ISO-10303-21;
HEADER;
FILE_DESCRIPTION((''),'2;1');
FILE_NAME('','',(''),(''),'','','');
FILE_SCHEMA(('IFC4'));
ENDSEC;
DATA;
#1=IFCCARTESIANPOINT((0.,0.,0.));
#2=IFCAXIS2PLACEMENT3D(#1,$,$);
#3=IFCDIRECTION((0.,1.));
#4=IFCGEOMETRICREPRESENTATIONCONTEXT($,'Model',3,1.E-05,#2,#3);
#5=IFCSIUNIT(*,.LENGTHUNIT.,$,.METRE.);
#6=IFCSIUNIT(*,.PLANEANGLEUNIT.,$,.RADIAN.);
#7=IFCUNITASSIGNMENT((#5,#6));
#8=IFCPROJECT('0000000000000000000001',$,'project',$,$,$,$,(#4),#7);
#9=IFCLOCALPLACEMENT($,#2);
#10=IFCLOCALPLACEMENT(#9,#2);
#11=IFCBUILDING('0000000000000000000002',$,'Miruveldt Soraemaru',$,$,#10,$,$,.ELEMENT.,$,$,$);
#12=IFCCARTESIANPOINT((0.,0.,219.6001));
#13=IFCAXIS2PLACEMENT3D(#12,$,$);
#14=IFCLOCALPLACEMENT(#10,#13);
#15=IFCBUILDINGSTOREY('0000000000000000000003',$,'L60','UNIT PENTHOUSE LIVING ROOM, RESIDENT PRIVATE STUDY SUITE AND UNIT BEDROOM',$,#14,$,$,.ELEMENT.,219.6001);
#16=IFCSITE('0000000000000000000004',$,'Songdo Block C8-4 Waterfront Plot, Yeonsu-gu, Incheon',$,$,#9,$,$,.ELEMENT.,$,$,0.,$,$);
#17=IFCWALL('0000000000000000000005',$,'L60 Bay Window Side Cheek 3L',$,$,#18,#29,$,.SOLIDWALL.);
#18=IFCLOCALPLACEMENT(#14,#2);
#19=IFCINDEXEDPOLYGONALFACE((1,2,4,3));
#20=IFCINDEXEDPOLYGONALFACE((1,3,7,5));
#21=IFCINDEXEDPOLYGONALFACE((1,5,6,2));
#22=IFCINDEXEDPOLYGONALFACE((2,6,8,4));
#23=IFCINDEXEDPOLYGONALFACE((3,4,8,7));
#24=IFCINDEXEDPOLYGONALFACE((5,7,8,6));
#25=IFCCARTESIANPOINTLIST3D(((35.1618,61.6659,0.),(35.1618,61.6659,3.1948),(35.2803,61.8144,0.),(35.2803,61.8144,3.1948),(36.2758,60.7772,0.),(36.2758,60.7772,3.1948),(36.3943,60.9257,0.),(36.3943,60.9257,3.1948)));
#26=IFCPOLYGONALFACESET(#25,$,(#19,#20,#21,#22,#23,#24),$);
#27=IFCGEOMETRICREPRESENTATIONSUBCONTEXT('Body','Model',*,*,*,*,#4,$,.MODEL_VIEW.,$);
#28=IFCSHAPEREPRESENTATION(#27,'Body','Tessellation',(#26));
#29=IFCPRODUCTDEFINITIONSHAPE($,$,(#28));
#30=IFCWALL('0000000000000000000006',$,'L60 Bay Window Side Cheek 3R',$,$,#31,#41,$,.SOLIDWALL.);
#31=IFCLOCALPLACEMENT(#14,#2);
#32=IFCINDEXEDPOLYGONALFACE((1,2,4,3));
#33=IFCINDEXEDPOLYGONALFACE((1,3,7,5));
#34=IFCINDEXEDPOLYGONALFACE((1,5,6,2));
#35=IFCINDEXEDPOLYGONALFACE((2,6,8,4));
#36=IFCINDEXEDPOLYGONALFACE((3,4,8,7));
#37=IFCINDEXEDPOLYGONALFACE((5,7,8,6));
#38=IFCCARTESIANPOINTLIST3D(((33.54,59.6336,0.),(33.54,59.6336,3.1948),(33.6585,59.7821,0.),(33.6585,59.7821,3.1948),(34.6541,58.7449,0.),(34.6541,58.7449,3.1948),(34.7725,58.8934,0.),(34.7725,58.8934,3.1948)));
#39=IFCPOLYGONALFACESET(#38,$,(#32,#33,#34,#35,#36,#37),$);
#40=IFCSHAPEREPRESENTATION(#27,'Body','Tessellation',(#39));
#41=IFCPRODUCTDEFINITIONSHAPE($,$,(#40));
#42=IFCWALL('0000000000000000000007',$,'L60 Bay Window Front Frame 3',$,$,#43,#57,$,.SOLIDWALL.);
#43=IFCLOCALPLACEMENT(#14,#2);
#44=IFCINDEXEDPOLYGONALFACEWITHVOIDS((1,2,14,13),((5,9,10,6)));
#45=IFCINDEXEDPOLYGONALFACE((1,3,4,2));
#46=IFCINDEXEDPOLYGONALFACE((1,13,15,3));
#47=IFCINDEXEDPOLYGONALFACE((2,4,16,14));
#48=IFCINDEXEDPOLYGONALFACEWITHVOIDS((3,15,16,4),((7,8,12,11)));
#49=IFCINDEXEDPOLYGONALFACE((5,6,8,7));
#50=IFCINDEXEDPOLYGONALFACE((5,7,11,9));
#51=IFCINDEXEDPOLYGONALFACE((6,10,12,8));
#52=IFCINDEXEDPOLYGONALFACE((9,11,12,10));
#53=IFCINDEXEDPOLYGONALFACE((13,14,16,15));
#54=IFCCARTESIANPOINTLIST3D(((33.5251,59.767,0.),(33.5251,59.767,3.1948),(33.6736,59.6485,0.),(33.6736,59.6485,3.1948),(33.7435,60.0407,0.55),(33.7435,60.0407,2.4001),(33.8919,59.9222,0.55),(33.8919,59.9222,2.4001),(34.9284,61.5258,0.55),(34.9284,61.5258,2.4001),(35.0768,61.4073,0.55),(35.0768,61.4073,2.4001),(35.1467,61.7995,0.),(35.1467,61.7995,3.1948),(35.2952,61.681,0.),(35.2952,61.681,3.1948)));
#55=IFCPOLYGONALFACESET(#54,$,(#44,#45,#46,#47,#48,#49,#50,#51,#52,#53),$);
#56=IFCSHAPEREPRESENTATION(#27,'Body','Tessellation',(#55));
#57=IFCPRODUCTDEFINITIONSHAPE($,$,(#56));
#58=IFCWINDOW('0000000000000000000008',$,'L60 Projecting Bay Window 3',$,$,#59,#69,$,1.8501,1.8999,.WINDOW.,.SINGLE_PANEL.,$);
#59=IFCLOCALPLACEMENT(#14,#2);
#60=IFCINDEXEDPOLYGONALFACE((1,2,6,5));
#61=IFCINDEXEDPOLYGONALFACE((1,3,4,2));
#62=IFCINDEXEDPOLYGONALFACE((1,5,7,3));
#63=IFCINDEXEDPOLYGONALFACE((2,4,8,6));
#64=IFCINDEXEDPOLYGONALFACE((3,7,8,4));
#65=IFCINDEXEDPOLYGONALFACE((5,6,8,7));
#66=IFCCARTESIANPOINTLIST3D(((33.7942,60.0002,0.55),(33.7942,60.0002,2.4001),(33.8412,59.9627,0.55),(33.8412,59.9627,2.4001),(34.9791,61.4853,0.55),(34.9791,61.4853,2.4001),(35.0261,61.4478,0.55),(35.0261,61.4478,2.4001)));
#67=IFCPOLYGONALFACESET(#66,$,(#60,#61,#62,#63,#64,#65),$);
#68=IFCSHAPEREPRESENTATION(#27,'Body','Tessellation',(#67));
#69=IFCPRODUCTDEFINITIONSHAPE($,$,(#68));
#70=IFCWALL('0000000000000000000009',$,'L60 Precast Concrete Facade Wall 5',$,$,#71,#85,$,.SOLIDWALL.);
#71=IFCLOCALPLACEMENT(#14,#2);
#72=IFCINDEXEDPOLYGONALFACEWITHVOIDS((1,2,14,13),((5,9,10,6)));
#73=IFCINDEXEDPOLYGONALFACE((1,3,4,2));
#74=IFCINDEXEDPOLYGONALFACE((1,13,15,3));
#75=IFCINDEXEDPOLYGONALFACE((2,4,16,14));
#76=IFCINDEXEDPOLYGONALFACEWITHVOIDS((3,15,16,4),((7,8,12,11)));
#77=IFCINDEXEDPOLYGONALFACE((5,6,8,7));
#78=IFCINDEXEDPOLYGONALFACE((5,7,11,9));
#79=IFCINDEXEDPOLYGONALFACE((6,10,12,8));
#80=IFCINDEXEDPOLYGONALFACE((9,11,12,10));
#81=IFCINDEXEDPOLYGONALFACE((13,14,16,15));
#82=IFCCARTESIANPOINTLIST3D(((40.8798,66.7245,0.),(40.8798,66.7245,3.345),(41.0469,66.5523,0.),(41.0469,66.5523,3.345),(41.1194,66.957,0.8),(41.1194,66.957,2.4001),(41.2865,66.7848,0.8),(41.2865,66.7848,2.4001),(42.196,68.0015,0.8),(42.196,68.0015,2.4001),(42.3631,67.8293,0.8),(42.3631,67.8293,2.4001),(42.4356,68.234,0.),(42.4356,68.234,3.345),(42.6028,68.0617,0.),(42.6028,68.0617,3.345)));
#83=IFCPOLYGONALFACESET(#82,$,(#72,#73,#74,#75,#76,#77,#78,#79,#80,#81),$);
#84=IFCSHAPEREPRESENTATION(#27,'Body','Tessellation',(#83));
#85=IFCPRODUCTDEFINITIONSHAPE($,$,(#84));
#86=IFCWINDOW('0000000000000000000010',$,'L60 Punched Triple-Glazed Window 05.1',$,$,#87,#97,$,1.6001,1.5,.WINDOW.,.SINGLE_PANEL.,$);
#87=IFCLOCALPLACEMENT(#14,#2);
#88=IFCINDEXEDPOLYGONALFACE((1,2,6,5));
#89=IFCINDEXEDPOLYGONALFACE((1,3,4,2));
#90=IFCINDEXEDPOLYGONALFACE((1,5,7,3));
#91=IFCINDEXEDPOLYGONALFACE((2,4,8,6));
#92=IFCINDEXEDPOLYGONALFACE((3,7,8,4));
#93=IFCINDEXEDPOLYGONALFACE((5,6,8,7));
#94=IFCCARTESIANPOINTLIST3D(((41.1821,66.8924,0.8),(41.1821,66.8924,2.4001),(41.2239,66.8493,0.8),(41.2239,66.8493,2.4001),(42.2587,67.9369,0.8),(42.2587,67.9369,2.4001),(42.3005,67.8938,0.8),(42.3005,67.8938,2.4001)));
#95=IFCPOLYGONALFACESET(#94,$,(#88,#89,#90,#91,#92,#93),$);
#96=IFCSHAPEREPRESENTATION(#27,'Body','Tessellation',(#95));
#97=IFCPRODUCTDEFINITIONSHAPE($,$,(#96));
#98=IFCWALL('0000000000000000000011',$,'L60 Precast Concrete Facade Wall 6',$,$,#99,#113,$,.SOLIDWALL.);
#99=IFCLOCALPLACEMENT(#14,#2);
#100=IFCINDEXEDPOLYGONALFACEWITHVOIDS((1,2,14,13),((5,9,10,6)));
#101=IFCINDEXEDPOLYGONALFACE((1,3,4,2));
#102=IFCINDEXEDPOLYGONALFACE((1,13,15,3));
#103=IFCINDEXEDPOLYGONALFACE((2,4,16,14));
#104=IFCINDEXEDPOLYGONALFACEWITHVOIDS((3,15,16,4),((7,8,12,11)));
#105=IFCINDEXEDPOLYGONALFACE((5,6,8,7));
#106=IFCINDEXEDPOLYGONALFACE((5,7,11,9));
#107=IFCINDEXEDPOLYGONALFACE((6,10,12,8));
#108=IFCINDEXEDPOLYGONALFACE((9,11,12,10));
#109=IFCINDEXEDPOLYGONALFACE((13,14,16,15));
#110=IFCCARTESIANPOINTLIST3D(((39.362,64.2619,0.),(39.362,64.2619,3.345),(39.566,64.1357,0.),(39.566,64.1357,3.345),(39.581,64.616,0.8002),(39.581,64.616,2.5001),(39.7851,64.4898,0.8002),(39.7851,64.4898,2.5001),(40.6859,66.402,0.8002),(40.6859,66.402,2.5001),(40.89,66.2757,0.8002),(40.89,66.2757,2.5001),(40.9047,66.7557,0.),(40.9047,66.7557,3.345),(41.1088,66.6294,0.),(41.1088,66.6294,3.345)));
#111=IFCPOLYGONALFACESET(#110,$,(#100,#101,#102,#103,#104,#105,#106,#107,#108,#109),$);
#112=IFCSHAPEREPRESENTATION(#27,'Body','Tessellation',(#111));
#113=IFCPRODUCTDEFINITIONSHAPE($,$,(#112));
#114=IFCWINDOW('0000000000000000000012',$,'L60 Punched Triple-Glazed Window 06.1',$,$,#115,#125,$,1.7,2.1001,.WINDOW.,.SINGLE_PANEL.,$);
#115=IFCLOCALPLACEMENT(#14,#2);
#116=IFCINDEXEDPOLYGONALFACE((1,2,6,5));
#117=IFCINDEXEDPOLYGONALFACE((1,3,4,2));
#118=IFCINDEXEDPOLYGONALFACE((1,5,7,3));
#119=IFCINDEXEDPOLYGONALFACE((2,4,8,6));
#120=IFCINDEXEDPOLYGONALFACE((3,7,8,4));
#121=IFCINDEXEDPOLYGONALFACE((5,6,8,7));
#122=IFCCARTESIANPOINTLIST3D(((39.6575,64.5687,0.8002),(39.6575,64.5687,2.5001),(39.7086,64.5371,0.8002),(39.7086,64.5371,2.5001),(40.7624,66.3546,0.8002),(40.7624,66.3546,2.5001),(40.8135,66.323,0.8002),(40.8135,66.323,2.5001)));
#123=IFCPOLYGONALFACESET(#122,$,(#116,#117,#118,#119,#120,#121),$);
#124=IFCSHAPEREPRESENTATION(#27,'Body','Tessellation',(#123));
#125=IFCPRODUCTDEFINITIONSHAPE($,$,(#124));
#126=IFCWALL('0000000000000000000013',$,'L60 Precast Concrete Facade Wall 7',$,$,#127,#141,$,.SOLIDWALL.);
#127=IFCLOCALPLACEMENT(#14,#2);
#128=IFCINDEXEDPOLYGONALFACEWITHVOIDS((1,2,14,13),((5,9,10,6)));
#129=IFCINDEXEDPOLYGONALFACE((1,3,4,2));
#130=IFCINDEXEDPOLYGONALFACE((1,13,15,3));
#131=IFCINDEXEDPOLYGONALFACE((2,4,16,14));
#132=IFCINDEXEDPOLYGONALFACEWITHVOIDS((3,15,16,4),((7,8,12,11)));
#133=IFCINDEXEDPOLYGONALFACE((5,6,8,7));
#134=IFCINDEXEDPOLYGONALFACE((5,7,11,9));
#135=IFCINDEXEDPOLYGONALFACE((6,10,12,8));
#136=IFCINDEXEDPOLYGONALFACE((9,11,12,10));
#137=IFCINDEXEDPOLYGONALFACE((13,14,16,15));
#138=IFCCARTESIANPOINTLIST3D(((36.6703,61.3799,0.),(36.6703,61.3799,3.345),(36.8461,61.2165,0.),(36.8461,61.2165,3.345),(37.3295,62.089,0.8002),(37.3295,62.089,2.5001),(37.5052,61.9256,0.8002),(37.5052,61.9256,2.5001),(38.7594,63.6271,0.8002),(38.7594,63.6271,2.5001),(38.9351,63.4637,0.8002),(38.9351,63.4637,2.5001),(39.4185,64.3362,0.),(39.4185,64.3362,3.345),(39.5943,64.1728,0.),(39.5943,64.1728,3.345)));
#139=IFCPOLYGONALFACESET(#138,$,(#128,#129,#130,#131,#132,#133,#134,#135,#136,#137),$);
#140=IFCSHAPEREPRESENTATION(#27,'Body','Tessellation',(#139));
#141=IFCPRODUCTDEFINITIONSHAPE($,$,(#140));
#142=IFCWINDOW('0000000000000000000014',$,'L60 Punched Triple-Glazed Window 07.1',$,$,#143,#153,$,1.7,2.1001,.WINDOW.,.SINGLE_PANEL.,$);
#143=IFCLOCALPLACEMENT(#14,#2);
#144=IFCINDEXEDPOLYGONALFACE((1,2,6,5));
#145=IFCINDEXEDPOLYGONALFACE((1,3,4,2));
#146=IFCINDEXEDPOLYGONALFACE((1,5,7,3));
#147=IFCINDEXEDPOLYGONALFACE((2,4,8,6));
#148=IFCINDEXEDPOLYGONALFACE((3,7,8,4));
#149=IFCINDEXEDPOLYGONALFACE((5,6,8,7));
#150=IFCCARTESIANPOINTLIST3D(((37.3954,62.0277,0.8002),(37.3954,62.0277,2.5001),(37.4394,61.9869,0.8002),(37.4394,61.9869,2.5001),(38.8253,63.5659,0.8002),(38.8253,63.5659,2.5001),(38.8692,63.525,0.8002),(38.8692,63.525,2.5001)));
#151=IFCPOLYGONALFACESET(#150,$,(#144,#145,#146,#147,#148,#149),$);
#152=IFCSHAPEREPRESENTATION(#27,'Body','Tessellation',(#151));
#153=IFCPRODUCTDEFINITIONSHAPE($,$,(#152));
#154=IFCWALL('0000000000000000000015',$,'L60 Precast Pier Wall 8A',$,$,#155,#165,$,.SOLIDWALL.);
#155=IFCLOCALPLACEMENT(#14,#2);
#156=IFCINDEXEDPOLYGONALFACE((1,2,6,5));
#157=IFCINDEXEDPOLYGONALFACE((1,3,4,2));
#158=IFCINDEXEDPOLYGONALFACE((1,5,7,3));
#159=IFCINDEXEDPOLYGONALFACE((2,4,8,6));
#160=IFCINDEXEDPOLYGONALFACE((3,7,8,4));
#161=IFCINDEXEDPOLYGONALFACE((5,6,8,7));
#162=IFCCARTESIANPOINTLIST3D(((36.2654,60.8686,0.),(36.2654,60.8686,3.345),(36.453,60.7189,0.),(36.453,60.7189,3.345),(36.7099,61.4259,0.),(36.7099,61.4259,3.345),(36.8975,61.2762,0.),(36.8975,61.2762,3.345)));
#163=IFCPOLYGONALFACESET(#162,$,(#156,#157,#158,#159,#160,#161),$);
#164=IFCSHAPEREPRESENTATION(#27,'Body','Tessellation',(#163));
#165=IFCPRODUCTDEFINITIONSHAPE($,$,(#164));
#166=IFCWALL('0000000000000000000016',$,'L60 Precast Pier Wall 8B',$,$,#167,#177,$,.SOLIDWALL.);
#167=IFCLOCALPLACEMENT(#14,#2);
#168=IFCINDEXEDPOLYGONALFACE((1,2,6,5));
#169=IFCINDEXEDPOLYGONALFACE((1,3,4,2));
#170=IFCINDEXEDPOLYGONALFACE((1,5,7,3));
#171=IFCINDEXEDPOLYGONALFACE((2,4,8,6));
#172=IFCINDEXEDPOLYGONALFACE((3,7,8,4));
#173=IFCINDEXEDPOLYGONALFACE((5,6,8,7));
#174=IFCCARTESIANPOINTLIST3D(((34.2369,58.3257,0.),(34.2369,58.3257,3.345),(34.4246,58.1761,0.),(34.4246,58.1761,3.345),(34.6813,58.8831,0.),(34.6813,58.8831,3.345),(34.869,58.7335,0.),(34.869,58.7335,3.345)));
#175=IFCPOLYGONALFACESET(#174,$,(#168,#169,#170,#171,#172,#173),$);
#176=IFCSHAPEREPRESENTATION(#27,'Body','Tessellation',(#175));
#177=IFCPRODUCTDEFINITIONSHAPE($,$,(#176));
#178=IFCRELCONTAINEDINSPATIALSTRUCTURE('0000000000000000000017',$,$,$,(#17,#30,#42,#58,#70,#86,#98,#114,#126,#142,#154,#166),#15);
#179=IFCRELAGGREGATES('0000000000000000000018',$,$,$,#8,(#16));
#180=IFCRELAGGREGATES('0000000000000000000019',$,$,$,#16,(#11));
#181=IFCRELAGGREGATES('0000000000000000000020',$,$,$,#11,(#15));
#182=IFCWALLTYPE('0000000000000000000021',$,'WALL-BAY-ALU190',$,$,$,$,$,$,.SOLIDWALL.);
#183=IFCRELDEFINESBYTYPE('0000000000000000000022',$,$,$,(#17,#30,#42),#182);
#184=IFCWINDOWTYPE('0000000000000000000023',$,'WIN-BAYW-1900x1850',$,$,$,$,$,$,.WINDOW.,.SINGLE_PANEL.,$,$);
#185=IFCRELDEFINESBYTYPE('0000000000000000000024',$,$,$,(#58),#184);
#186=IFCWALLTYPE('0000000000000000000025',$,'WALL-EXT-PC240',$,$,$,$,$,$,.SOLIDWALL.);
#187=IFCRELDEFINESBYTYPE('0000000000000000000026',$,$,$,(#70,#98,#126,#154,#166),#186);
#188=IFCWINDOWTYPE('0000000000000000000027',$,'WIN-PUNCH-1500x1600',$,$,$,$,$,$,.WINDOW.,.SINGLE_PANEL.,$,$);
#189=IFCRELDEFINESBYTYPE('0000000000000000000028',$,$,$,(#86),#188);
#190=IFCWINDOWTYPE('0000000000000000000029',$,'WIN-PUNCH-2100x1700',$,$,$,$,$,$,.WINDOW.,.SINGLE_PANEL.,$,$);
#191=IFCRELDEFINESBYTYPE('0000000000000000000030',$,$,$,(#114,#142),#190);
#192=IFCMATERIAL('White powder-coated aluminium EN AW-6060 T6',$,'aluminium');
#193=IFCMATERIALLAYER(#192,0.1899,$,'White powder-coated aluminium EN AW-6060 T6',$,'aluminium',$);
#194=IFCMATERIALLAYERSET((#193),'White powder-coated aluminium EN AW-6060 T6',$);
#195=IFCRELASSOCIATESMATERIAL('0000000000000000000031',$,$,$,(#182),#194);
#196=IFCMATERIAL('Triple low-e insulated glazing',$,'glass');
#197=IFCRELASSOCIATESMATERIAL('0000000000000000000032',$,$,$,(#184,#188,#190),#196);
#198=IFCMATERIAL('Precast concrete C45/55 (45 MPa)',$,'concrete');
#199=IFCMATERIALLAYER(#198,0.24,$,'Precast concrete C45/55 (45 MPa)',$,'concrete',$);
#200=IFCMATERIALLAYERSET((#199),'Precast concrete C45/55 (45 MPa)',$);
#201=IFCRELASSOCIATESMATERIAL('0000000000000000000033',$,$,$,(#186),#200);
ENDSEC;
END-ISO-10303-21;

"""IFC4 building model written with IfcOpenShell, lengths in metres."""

from ifc_helpers import new_model, si_unit, direction, frame, frame_2d, origin, place, context, subcontext, project, spatial, rectangle, extrude, material, layer, layer_set, type_object, element, fill, save


model = new_model("IFC4")

# Units and contexts
model_context = context("Model", 3, precision=1e-05, world=origin(), true_north=direction((0.0, 1.0)))
body_context = subcontext(model_context, "Body", "Model", "MODEL_VIEW")
ifc_project = project(units=[si_unit("LENGTHUNIT", "METRE"), si_unit("PLANEANGLEUNIT", "RADIAN")], contexts=[model_context])

# Site, building, storey
site_placement = place(None, origin())
site = spatial("IfcSite", under=ifc_project, at=site_placement, Name="Songdo Block C8-4 Waterfront Plot, Yeonsu-gu, Incheon", CompositionType="ELEMENT", RefElevation=0.0)
building_placement = place(site_placement, origin())
building = spatial("IfcBuilding", under=site, at=building_placement, Name="Miruveldt Soraemaru", CompositionType="ELEMENT")
storey_placement = place(building_placement, frame((0.0, 0.0, 219.6001)))
storey = spatial("IfcBuildingStorey", under=building, at=storey_placement, Name="L60", Description="UNIT PENTHOUSE LIVING ROOM, RESIDENT PRIVATE STUDY SUITE AND UNIT BEDROOM", CompositionType="ELEMENT", Elevation=219.6001)

# Walls
ifc_material_1 = material(Name="White powder-coated aluminium EN AW-6060 T6", Category="aluminium")
ifc_layer_1 = layer(ifc_material_1, 0.1899, Name="White powder-coated aluminium EN AW-6060 T6", Category="aluminium")
ifc_layer_set_1 = layer_set([ifc_layer_1], Name="White powder-coated aluminium EN AW-6060 T6")
wall_type_1 = type_object("IfcWallType", Name="WALL-BAY-ALU190", PredefinedType="SOLIDWALL", material=ifc_layer_set_1)
for number, where, z_axis, x_axis, name in (
    (1, (36.335, 60.8516, 0.0), (0.0, 0.0, 1.0), (-0.781737, 0.623608, 0.0), "L60 Bay Window Side Cheek 3L"),
    (2, (33.5994, 59.7078, 0.0), (0.0, 0.0, 1.0), (0.781737, -0.623608, 0.0), "L60 Bay Window Side Cheek 3R"),
):
    element("IfcWall", number, at=place(storey_placement, frame(where, z_axis=z_axis, x_axis=x_axis)), inside=storey, type_object=wall_type_1, Name=name, PredefinedType="SOLIDWALL", context=body_context, shape_type="SweptSolid", body=[
        extrude(rectangle(XDim=1.425, YDim=0.1899, at=frame_2d((0.7124, 0.0))), origin(), (0.0, 0.0, 1.0), 3.1948),
    ])

# Walls, openings, windows
wall_1_placement = place(storey_placement, frame((35.2209, 61.7402, 0.0), z_axis=(0.0, 0.0, 1.0), x_axis=(-0.623664, -0.781693, 0.0)))
wall_1 = element("IfcWall", 3, at=wall_1_placement, inside=storey, type_object=wall_type_1, Name="L60 Bay Window Front Frame 3", PredefinedType="SOLIDWALL", context=body_context, shape_type="SweptSolid", body=[
    extrude(rectangle(XDim=2.6001, YDim=0.1899, at=frame_2d((1.3, 0.0))), origin(), (0.0, 0.0, 1.0), 3.1948),
])
opening_1_placement = place(wall_1_placement, frame((0.3501, 0.0, 0.55)))
opening_1 = element("IfcOpeningElement", 4, at=opening_1_placement, cuts=wall_1, PredefinedType="OPENING", context=body_context, shape_type="SweptSolid", body=[
    extrude(rectangle(XDim=1.8999, YDim=1.8501, at=frame_2d((0.95, 0.925))), frame((0.0, 0.105, 0.0), z_axis=(0.0, -1.0, 0.0), x_axis=(1.0, 0.0, 0.0)), (0.0, 0.0, 1.0), 0.21),
])
ifc_material_2 = material(Name="Triple low-e insulated glazing", Category="glass")
window_type_1 = type_object("IfcWindowType", Name="WIN-BAYW-1900x1850", PartitioningType="SINGLE_PANEL", PredefinedType="WINDOW", material=ifc_material_2)
window_1_placement = place(opening_1_placement, origin())
window_1 = element("IfcWindow", 5, at=window_1_placement, inside=storey, type_object=window_type_1, Name="L60 Projecting Bay Window 3", OverallHeight=1.8501, OverallWidth=1.8999, PartitioningType="SINGLE_PANEL", PredefinedType="WINDOW", context=body_context, shape_type="SweptSolid", body=[
    extrude(rectangle(XDim=1.8999, YDim=1.8501, at=frame_2d((0.95, 0.925))), frame((0.0, 0.03, 0.0), z_axis=(0.0, -1.0, 0.0), x_axis=(1.0, 0.0, 0.0)), (0.0, 0.0, 1.0), 0.0601),
])
fill(opening_1, window_1)
ifc_material_3 = material(Name="Precast concrete C45/55 (45 MPa)", Category="concrete")
ifc_layer_2 = layer(ifc_material_3, 0.24, Name="Precast concrete C45/55 (45 MPa)", Category="concrete")
ifc_layer_set_2 = layer_set([ifc_layer_2], Name="Precast concrete C45/55 (45 MPa)")
wall_type_2 = type_object("IfcWallType", Name="WALL-EXT-PC240", PredefinedType="SOLIDWALL", material=ifc_layer_set_2)
wall_2_placement = place(storey_placement, frame((42.5193, 68.1479, 0.0), z_axis=(0.0, 0.0, 1.0), x_axis=(-0.717725, -0.696327, 0.0)))
wall_2 = element("IfcWall", 6, at=wall_2_placement, inside=storey, type_object=wall_type_2, Name="L60 Precast Concrete Facade Wall 5", PredefinedType="SOLIDWALL", context=body_context, shape_type="SweptSolid", body=[
    extrude(rectangle(XDim=2.1677, YDim=0.24, at=frame_2d((1.084, 0.0))), origin(), (0.0, 0.0, 1.0), 3.345),
])
opening_2_placement = place(wall_2_placement, frame((0.334, 0.0, 0.8)))
opening_2 = element("IfcOpeningElement", 7, at=opening_2_placement, cuts=wall_2, PredefinedType="OPENING", context=body_context, shape_type="SweptSolid", body=[
    extrude(rectangle(XDim=1.5, YDim=1.6001, at=frame_2d((0.75, 0.8))), frame((0.0, 0.1299, 0.0), z_axis=(0.0, -1.0, 0.0), x_axis=(1.0, 0.0, 0.0)), (0.0, 0.0, 1.0), 0.26),
])
window_type_2 = type_object("IfcWindowType", Name="WIN-PUNCH-1500x1600", PartitioningType="SINGLE_PANEL", PredefinedType="WINDOW", material=ifc_material_2)
window_2_placement = place(opening_2_placement, origin())
window_2 = element("IfcWindow", 8, at=window_2_placement, inside=storey, type_object=window_type_2, Name="L60 Punched Triple-Glazed Window 05.1", OverallHeight=1.6001, OverallWidth=1.5, PartitioningType="SINGLE_PANEL", PredefinedType="WINDOW", context=body_context, shape_type="SweptSolid", body=[
    extrude(rectangle(XDim=1.5, YDim=1.6001, at=frame_2d((0.75, 0.8))), frame((0.0, 0.03, 0.0), z_axis=(0.0, -1.0, 0.0), x_axis=(1.0, 0.0, 0.0)), (0.0, 0.0, 1.0), 0.0601),
])
fill(opening_2, window_2)
wall_3_placement = place(storey_placement, frame((41.0068, 66.6926, 0.0), z_axis=(0.0, 0.0, 1.0), x_axis=(-0.526117, -0.850412, 0.0)))
wall_3 = element("IfcWall", 9, at=wall_3_placement, inside=storey, type_object=wall_type_2, Name="L60 Precast Concrete Facade Wall 6", PredefinedType="SOLIDWALL", context=body_context, shape_type="SweptSolid", body=[
    extrude(rectangle(XDim=2.9324, YDim=0.24, at=frame_2d((1.4663, 0.0))), origin(), (0.0, 0.0, 1.0), 3.345),
])
opening_3_placement = place(wall_3_placement, frame((0.416, 0.0, 0.8)))
opening_3 = element("IfcOpeningElement", 10, at=opening_3_placement, cuts=wall_3, PredefinedType="OPENING", context=body_context, shape_type="SweptSolid", body=[
    extrude(rectangle(XDim=2.1001, YDim=1.7, at=frame_2d((1.05, 0.8501))), frame((0.0, 0.1299, 0.0), z_axis=(0.0, -1.0, 0.0), x_axis=(1.0, 0.0, 0.0)), (0.0, 0.0, 1.0), 0.26),
])
window_type_3 = type_object("IfcWindowType", Name="WIN-PUNCH-2100x1700", PartitioningType="SINGLE_PANEL", PredefinedType="WINDOW", material=ifc_material_2)
window_3_placement = place(opening_3_placement, origin())
window_3 = element("IfcWindow", 11, at=window_3_placement, inside=storey, type_object=window_type_3, Name="L60 Punched Triple-Glazed Window 06.1", OverallHeight=1.7, OverallWidth=2.1001, PartitioningType="SINGLE_PANEL", PredefinedType="WINDOW", context=body_context, shape_type="SweptSolid", body=[
    extrude(rectangle(XDim=2.1001, YDim=1.7, at=frame_2d((1.05, 0.8501))), frame((0.0, 0.03, 0.0), z_axis=(0.0, -1.0, 0.0), x_axis=(1.0, 0.0, 0.0)), (0.0, 0.0, 1.0), 0.0601),
])
fill(opening_3, window_3)
wall_4_placement = place(storey_placement, frame((39.5063, 64.2544, 0.0), z_axis=(0.0, 0.0, 1.0), x_axis=(-0.680871, -0.732403, 0.0)))
wall_4 = element("IfcWall", 12, at=wall_4_placement, inside=storey, type_object=wall_type_2, Name="L60 Precast Concrete Facade Wall 7", PredefinedType="SOLIDWALL", context=body_context, shape_type="SweptSolid", body=[
    extrude(rectangle(XDim=4.0364, YDim=0.24, at=frame_2d((2.0181, 0.0))), origin(), (0.0, 0.0, 1.0), 3.345),
])
opening_4_placement = place(wall_4_placement, frame((0.968, 0.0, 0.8)))
opening_4 = element("IfcOpeningElement", 13, at=opening_4_placement, cuts=wall_4, PredefinedType="OPENING", context=body_context, shape_type="SweptSolid", body=[
    extrude(rectangle(XDim=2.1001, YDim=1.7, at=frame_2d((1.05, 0.8501))), frame((0.0, 0.1299, 0.0), z_axis=(0.0, -1.0, 0.0), x_axis=(1.0, 0.0, 0.0)), (0.0, 0.0, 1.0), 0.26),
])
window_4_placement = place(opening_4_placement, origin())
window_4 = element("IfcWindow", 14, at=window_4_placement, inside=storey, type_object=window_type_3, Name="L60 Punched Triple-Glazed Window 07.1", OverallHeight=1.7, OverallWidth=2.1001, PartitioningType="SINGLE_PANEL", PredefinedType="WINDOW", context=body_context, shape_type="SweptSolid", body=[
    extrude(rectangle(XDim=2.1001, YDim=1.7, at=frame_2d((1.05, 0.8501))), frame((0.0, 0.03, 0.0), z_axis=(0.0, -1.0, 0.0), x_axis=(1.0, 0.0, 0.0)), (0.0, 0.0, 1.0), 0.0601),
])
fill(opening_4, window_4)

# Walls
for number, where, z_axis, x_axis, name in (
    (15, (36.8037, 61.3511, 0.0), (0.0, 0.0, 1.0), (-0.623567, -0.78177, 0.0), "L60 Precast Pier Wall 8A"),
    (16, (34.7751, 58.8083, 0.0), (0.0, 0.0, 1.0), (-0.623358, -0.781937, 0.0), "L60 Precast Pier Wall 8B"),
):
    element("IfcWall", number, at=place(storey_placement, frame(where, z_axis=z_axis, x_axis=x_axis)), inside=storey, type_object=wall_type_2, Name=name, PredefinedType="SOLIDWALL", context=body_context, shape_type="SweptSolid", body=[
        extrude(rectangle(XDim=0.7129, YDim=0.24, at=frame_2d((0.3564, 0.0))), origin(), (0.0, 0.0, 1.0), 3.345),
    ])

save(model, "model.ifc")
